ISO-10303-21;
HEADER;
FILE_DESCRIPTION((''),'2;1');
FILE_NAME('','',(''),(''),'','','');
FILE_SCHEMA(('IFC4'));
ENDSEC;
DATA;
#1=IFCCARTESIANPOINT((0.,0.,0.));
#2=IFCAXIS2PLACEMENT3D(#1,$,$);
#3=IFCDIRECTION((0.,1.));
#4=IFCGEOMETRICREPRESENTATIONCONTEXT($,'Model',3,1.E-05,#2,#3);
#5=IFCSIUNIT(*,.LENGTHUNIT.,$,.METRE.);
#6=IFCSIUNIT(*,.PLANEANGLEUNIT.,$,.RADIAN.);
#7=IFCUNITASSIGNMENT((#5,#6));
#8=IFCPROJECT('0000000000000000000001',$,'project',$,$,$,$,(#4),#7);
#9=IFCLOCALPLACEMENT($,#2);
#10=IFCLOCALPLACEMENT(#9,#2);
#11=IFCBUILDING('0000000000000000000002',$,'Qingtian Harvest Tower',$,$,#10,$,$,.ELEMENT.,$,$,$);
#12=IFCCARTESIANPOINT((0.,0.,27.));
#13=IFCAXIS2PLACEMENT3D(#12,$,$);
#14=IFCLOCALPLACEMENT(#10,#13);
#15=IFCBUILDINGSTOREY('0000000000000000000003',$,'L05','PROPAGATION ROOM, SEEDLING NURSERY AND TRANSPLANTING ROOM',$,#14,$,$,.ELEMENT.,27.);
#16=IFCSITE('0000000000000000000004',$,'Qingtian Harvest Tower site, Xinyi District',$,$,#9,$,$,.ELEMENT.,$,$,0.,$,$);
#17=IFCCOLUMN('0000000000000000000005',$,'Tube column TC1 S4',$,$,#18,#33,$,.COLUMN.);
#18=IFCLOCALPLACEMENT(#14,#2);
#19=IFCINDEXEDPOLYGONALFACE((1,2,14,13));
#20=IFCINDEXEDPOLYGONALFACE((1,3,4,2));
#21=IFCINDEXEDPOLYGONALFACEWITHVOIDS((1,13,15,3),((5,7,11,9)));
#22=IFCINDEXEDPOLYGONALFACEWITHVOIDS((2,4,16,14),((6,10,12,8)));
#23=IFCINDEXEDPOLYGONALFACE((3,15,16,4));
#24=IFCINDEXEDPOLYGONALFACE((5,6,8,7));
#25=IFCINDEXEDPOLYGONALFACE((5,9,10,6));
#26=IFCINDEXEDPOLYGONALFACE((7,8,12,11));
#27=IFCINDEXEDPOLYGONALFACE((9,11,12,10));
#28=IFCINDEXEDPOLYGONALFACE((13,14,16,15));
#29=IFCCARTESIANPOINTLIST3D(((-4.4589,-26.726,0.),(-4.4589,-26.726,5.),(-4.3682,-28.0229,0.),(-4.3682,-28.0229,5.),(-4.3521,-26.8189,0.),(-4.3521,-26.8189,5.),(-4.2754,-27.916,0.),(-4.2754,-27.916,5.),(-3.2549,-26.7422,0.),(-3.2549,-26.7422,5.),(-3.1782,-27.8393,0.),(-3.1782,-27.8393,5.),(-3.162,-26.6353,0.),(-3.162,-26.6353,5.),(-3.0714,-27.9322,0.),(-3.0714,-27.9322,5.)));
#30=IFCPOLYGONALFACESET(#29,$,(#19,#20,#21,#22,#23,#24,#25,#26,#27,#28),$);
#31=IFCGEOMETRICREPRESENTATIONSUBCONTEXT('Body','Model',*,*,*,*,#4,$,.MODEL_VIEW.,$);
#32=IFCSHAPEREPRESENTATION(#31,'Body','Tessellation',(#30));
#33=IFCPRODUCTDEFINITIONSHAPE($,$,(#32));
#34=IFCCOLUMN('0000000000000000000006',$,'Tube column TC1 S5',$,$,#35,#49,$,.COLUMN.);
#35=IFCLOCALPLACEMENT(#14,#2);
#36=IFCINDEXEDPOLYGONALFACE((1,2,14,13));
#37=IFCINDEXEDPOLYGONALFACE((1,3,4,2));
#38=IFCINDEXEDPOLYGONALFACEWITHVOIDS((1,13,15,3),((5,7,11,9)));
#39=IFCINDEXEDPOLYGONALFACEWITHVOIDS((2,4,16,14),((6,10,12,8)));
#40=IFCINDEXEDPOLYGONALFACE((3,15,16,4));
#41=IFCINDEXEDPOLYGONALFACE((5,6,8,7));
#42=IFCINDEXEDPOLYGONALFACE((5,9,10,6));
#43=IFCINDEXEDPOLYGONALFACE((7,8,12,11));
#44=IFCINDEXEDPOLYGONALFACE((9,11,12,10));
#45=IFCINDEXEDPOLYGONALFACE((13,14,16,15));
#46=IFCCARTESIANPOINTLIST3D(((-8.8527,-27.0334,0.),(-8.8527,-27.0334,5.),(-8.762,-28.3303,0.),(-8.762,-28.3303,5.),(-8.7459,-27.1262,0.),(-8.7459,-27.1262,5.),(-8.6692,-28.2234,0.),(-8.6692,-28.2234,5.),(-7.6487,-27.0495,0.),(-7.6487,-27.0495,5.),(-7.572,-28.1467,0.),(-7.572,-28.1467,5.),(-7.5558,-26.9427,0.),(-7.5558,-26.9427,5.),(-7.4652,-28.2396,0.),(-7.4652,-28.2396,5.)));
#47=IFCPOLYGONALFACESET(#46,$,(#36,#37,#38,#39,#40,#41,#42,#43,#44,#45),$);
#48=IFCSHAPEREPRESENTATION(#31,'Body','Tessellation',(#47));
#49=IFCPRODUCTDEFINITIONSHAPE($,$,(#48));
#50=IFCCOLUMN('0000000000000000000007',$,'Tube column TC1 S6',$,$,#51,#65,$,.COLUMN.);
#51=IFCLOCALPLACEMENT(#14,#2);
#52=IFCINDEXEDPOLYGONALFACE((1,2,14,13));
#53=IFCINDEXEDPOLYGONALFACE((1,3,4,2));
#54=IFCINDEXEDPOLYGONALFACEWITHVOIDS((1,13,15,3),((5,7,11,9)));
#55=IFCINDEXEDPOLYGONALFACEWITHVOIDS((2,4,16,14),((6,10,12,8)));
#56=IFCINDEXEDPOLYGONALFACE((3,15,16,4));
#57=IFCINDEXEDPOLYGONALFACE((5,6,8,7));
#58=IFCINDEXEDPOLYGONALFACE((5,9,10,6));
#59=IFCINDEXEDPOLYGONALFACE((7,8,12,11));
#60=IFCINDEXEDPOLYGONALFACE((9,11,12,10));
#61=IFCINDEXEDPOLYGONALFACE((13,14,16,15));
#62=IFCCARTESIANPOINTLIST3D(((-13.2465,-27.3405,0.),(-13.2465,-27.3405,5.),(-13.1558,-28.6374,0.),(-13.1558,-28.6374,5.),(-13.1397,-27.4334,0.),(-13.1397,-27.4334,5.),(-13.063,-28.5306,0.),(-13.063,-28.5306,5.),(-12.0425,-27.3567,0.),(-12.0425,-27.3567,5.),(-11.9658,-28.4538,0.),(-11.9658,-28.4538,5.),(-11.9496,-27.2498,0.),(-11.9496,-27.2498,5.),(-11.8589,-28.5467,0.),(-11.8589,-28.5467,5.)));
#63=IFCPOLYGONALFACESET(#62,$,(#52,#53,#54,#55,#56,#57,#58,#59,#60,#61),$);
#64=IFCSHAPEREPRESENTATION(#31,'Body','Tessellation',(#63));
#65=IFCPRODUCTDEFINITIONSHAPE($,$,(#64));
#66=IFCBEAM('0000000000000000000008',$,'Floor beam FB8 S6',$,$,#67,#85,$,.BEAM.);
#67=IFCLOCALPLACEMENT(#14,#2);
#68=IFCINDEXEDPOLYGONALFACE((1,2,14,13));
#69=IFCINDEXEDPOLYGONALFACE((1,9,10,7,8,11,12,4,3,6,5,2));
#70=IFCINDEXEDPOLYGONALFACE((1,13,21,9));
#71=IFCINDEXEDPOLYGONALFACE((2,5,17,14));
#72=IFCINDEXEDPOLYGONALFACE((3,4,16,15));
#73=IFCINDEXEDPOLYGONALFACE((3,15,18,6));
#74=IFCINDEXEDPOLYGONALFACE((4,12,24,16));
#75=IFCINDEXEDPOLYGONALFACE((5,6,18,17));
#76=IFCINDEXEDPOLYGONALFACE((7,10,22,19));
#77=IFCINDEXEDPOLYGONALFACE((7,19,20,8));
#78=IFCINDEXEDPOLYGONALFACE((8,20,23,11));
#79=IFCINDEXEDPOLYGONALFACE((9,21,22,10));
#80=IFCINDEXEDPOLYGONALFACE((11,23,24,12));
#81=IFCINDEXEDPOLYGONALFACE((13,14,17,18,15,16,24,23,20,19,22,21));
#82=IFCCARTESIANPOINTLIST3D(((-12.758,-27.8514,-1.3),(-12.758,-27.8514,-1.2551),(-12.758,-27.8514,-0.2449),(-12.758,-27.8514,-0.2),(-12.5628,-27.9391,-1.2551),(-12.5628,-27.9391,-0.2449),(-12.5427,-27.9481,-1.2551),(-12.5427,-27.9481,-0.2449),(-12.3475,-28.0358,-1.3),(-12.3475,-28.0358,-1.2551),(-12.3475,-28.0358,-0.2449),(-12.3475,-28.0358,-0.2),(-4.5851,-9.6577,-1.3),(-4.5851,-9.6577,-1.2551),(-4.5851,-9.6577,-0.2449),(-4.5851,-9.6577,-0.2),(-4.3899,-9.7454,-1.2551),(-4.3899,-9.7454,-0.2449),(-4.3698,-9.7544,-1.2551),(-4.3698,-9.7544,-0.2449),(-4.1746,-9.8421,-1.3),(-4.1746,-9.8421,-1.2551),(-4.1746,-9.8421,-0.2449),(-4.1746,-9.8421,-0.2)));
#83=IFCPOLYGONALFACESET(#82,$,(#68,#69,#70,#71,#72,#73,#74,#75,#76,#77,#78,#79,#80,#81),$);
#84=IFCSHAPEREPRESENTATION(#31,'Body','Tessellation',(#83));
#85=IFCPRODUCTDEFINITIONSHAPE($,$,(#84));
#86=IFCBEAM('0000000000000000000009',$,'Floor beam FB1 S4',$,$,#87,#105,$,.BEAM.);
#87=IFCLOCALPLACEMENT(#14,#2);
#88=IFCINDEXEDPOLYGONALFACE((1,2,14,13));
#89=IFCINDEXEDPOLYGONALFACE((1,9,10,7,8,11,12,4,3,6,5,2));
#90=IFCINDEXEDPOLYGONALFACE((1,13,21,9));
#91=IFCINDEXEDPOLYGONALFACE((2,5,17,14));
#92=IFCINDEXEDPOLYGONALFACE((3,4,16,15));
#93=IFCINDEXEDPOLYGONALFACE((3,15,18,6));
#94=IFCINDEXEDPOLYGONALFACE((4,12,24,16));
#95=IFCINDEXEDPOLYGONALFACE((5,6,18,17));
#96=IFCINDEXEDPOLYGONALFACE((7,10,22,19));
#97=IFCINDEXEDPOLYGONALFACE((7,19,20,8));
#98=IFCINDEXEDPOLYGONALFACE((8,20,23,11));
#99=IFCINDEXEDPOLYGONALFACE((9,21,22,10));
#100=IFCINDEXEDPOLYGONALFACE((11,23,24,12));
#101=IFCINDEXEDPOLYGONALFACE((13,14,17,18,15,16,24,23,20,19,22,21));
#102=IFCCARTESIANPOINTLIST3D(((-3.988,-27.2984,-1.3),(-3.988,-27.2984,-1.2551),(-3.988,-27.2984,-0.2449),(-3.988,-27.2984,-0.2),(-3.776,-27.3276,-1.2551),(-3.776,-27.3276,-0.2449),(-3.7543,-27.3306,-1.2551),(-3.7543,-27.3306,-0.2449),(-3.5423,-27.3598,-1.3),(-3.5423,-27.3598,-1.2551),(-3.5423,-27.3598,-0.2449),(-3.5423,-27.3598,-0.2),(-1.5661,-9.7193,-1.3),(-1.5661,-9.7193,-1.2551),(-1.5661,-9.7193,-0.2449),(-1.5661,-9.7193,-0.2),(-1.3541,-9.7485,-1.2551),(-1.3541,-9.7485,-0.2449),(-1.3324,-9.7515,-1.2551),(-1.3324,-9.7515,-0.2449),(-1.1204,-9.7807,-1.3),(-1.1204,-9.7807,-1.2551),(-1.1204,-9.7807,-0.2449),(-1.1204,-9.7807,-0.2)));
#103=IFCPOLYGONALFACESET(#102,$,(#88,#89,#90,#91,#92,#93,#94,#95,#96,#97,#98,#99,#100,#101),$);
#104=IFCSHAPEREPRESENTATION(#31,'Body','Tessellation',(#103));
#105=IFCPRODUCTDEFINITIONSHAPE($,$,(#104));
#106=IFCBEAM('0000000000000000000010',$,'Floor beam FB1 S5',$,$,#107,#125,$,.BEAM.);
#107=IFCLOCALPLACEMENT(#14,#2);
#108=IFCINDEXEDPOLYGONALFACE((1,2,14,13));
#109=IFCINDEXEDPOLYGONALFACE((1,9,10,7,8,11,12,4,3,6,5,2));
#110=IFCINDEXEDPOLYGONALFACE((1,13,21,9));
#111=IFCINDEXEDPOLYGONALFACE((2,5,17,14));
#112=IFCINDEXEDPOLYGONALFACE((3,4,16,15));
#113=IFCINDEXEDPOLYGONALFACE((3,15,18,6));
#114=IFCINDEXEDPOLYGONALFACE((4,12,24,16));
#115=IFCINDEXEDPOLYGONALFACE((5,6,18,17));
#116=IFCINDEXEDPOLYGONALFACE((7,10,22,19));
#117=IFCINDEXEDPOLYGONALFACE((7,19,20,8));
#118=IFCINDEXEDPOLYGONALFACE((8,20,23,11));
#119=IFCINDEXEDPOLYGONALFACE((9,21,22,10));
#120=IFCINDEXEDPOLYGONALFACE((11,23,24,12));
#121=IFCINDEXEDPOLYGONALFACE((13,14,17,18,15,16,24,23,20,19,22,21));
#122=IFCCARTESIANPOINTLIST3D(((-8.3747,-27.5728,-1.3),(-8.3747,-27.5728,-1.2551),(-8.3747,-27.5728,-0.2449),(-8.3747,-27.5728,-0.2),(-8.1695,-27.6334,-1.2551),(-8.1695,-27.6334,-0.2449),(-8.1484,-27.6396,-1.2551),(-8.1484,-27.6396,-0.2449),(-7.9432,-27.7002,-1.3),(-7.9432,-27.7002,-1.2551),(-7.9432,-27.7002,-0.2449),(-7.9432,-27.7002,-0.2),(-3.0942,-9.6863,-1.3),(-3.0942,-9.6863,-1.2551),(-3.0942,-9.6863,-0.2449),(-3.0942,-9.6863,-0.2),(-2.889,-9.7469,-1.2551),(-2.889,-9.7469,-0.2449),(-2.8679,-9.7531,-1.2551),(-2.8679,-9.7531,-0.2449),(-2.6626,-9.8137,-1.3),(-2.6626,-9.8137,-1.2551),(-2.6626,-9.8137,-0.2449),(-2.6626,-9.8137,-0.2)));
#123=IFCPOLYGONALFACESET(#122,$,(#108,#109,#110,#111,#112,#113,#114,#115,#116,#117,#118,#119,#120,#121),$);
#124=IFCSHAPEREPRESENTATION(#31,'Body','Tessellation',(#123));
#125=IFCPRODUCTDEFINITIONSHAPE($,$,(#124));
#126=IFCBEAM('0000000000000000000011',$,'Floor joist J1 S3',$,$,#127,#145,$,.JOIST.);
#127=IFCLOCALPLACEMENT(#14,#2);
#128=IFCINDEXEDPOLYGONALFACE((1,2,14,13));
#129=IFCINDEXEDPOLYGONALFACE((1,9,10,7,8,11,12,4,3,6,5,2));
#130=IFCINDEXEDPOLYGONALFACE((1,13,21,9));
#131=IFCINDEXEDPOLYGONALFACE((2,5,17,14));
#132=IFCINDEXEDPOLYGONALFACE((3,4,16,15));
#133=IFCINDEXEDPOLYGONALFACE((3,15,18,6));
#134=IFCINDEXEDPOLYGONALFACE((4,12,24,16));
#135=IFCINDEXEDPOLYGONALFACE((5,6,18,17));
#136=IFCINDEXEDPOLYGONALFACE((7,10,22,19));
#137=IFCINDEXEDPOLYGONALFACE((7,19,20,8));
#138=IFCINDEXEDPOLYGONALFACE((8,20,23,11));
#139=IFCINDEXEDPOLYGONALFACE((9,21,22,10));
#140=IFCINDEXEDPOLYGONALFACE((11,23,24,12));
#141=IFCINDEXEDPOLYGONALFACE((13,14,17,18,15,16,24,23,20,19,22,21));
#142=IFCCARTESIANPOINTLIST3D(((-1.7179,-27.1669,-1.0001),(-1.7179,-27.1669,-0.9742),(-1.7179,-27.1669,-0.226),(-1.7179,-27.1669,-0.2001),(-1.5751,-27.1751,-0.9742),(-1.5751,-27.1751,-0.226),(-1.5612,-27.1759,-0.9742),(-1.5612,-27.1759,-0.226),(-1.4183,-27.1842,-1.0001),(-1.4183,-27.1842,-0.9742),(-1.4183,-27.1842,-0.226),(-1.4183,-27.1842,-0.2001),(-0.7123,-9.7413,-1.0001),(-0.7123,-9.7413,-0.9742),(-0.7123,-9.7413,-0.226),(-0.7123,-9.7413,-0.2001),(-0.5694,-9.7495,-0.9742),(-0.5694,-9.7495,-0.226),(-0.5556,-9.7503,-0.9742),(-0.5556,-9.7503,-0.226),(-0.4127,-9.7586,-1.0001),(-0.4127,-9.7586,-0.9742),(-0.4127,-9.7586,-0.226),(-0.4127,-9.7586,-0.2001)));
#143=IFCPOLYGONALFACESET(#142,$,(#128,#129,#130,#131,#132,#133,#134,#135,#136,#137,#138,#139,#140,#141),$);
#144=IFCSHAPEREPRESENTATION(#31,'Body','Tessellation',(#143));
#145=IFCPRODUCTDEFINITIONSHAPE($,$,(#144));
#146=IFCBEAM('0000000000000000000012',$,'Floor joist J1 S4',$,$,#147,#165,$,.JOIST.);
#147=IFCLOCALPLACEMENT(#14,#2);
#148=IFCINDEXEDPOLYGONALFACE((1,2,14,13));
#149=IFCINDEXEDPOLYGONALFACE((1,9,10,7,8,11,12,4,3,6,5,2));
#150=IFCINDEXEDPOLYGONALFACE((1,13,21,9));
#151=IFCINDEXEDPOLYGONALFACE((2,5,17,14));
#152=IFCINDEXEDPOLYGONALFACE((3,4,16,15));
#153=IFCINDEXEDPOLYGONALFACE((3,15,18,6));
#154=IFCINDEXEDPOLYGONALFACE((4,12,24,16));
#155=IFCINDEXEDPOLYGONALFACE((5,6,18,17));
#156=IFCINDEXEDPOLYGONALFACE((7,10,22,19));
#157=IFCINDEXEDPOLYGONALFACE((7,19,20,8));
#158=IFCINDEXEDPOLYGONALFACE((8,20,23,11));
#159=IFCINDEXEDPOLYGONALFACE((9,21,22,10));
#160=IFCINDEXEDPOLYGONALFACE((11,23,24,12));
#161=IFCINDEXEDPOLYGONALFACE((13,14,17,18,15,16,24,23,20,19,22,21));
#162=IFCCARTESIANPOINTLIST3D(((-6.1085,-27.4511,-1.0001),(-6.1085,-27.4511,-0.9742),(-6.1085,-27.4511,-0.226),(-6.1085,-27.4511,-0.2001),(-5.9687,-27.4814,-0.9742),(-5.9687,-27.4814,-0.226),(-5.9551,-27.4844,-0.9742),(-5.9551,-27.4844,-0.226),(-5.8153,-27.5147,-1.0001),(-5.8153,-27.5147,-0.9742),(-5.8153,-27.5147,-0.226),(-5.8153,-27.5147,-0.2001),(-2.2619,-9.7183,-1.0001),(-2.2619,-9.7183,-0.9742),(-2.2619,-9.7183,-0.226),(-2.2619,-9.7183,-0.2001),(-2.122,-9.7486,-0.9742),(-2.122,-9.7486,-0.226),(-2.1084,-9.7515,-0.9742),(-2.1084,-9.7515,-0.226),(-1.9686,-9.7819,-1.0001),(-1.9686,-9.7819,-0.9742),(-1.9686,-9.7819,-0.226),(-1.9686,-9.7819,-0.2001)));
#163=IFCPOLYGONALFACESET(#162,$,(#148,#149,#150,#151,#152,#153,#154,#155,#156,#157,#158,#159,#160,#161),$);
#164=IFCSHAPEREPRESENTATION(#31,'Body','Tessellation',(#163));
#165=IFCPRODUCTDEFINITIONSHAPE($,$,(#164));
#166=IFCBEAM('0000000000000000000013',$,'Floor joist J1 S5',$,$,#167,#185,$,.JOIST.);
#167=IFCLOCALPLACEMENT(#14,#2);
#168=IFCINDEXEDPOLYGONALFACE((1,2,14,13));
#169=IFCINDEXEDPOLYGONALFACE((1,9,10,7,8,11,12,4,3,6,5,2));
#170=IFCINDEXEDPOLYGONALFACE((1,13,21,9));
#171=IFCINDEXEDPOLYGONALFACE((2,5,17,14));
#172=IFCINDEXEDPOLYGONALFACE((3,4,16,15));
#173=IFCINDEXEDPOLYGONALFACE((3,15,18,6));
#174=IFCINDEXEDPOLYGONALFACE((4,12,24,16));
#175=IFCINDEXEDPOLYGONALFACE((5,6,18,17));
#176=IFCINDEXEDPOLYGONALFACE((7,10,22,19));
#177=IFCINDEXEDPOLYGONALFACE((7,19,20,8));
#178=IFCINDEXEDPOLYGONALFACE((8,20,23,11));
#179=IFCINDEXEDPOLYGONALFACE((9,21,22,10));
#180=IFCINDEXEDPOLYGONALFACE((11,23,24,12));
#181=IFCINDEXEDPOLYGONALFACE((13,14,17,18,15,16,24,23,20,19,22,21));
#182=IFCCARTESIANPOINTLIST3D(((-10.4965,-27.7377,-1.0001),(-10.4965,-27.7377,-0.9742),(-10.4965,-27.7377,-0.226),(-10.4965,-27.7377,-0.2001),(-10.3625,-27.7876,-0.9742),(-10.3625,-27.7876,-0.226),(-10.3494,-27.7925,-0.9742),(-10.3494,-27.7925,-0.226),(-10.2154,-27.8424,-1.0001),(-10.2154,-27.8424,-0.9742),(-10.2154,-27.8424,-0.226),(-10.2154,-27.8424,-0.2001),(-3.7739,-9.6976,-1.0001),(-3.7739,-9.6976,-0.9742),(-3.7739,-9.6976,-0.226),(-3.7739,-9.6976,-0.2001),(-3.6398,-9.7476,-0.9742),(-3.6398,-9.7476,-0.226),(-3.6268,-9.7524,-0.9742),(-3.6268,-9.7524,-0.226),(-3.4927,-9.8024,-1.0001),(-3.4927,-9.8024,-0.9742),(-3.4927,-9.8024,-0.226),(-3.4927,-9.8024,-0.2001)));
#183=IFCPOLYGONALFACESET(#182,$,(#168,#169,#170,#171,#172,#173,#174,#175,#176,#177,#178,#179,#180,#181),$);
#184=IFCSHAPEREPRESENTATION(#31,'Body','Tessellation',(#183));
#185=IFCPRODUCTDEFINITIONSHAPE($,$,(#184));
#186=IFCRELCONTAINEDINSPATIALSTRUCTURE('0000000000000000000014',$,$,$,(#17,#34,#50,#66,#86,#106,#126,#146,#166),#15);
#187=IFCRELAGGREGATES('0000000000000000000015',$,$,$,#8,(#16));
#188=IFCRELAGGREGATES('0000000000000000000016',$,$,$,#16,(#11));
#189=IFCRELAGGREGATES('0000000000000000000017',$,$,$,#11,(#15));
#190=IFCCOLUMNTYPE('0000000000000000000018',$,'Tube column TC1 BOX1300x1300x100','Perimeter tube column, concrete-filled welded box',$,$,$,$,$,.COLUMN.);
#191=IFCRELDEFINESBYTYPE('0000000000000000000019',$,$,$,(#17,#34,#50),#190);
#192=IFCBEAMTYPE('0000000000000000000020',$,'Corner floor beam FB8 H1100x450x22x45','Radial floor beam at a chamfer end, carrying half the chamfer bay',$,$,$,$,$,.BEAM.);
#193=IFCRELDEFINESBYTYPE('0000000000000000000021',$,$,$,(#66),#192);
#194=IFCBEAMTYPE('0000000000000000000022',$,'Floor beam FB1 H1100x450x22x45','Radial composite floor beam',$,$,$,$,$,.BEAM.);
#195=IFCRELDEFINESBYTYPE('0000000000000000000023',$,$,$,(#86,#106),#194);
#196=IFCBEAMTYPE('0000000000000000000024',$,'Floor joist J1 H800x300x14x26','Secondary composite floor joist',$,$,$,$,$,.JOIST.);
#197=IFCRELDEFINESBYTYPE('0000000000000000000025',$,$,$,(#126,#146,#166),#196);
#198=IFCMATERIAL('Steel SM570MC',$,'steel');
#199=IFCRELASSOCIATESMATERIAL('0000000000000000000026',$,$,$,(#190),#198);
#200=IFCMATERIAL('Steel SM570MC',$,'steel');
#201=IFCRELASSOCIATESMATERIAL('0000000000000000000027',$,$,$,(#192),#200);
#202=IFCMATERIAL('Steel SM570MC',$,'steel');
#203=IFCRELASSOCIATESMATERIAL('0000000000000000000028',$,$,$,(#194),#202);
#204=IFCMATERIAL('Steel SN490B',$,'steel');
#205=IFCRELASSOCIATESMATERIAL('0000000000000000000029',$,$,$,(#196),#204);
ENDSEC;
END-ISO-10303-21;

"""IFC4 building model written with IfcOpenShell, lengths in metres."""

from ifc_helpers import new_model, si_unit, direction, frame, origin, origin_2d, place, context, subcontext, project, spatial, hollow_rectangle, i_section, extrude, material, material_profile, profile_set, type_object, element, save


model = new_model("IFC4")

# Units and contexts
model_context = context("Model", 3, precision=1e-05, world=origin(), true_north=direction((0.0, 1.0)))
body_context = subcontext(model_context, "Body", "Model", "MODEL_VIEW")
ifc_project = project(units=[si_unit("LENGTHUNIT", "METRE"), si_unit("PLANEANGLEUNIT", "RADIAN")], contexts=[model_context])

# Site, building, storey
site_placement = place(None, origin())
site = spatial("IfcSite", under=ifc_project, at=site_placement, Name="Qingtian Harvest Tower site, Xinyi District", CompositionType="ELEMENT", RefElevation=0.0)
building_placement = place(site_placement, origin())
building = spatial("IfcBuilding", under=site, at=building_placement, Name="Qingtian Harvest Tower", CompositionType="ELEMENT")
storey_placement = place(building_placement, frame((0.0, 0.0, 27.0)))
storey = spatial("IfcBuildingStorey", under=building, at=storey_placement, Name="L05", Description="PROPAGATION ROOM, SEEDLING NURSERY AND TRANSPLANTING ROOM", CompositionType="ELEMENT", Elevation=27.0)

# Columns
ifc_material_1 = material(Name="Steel SM570MC", Category="steel")
ifc_material_profile_1 = material_profile(ifc_material_1, hollow_rectangle(XDim=1.3, YDim=1.3, WallThickness=0.1001, at=origin_2d()), Name="BOX1300x1300x100")
ifc_profile_set_1 = profile_set([ifc_material_profile_1], Name="Steel SM570MC")
column_type = type_object("IfcColumnType", Name="Tube column TC1 BOX1300x1300x100", Description="Perimeter tube column, concrete-filled welded box", PredefinedType="COLUMN", material=ifc_profile_set_1)
for number, where, z_axis, x_axis, name in (
    (1, (-3.7651, -27.3291, 0.0), (0.0, 0.0, 1.0), (0.997564, 0.069756, 0.0), "Tube column TC1 S4"),
    (2, (-8.1589, -27.6365, 0.0), (0.0, 0.0, 1.0), (0.997564, 0.069756, 0.0), "Tube column TC1 S5"),
    (3, (-12.5527, -27.9436, 0.0), (0.0, 0.0, 1.0), (0.997564, 0.069756, 0.0), "Tube column TC1 S6"),
):
    element("IfcColumn", number, at=place(storey_placement, frame(where, z_axis=z_axis, x_axis=x_axis)), inside=storey, type_object=column_type, Name=name, PredefinedType="COLUMN", context=body_context, shape_type="SweptSolid", body=[
        extrude(hollow_rectangle(XDim=1.3, YDim=1.3, WallThickness=0.1001, at=origin_2d()), origin(), (0.0, 0.0, 1.0), 5.0),
    ])

# Beams
ifc_material_2 = material(Name="Steel SM570MC", Category="steel")
ifc_material_profile_2 = material_profile(ifc_material_2, i_section(OverallWidth=0.45, OverallDepth=1.1001, WebThickness=0.022, FlangeThickness=0.0449, at=origin_2d()), Name="H1100x450x22x45")
ifc_profile_set_2 = profile_set([ifc_material_profile_2], Name="Steel SM570MC")
beam_type_1 = type_object("IfcBeamType", Name="Corner floor beam FB8 H1100x450x22x45", Description="Radial floor beam at a chamfer end, carrying half the chamfer bay", PredefinedType="BEAM", material=ifc_profile_set_2)
beam_1_placement = place(storey_placement, frame((-12.5527, -27.9436, -0.75), z_axis=(0.40977, 0.912189, 0.0), x_axis=(-0.912189, 0.40977, 0.0)))
element("IfcBeam", 4, at=beam_1_placement, inside=storey, type_object=beam_type_1, Name="Floor beam FB8 S6", PredefinedType="BEAM", context=body_context, shape_type="SweptSolid", body=[
    extrude(i_section(OverallWidth=0.45, OverallDepth=1.1001, WebThickness=0.022, FlangeThickness=0.0449, at=origin_2d()), origin(), (0.0, 0.0, 1.0), 19.9451),
])
ifc_material_3 = material(Name="Steel SM570MC", Category="steel")
ifc_material_profile_3 = material_profile(ifc_material_3, i_section(OverallWidth=0.45, OverallDepth=1.1001, WebThickness=0.022, FlangeThickness=0.0449, at=origin_2d()), Name="H1100x450x22x45")
ifc_profile_set_3 = profile_set([ifc_material_profile_3], Name="Steel SM570MC")
beam_type_2 = type_object("IfcBeamType", Name="Floor beam FB1 H1100x450x22x45", Description="Radial composite floor beam", PredefinedType="BEAM", material=ifc_profile_set_3)
beam_2_placement = place(storey_placement, frame((-3.7651, -27.3291, -0.75), z_axis=(0.136481, 0.990643, 0.0), x_axis=(-0.990643, 0.136481, 0.0)))
element("IfcBeam", 5, at=beam_2_placement, inside=storey, type_object=beam_type_2, Name="Floor beam FB1 S4", PredefinedType="BEAM", context=body_context, shape_type="SweptSolid", body=[
    extrude(i_section(OverallWidth=0.45, OverallDepth=1.1001, WebThickness=0.022, FlangeThickness=0.0449, at=origin_2d()), origin(), (0.0, 0.0, 1.0), 17.7451),
])
beam_3_placement = place(storey_placement, frame((-8.1589, -27.6365, -0.75), z_axis=(0.283143, 0.959078, 0.0), x_axis=(-0.959078, 0.283143, 0.0)))
element("IfcBeam", 6, at=beam_3_placement, inside=storey, type_object=beam_type_2, Name="Floor beam FB1 S5", PredefinedType="BEAM", context=body_context, shape_type="SweptSolid", body=[
    extrude(i_section(OverallWidth=0.45, OverallDepth=1.1001, WebThickness=0.022, FlangeThickness=0.0449, at=origin_2d()), origin(), (0.0, 0.0, 1.0), 18.6497),
])
ifc_material_4 = material(Name="Steel SN490B", Category="steel")
ifc_material_profile_4 = material_profile(ifc_material_4, i_section(OverallWidth=0.3, OverallDepth=0.8, WebThickness=0.0139, FlangeThickness=0.0259, at=origin_2d()), Name="H800x300x14x26")
ifc_profile_set_4 = profile_set([ifc_material_profile_4], Name="Steel SN490B")
beam_type_3 = type_object("IfcBeamType", Name="Floor joist J1 H800x300x14x26", Description="Secondary composite floor joist", PredefinedType="JOIST", material=ifc_profile_set_4)
beam_4_placement = place(storey_placement, frame((-1.5681, -27.1755, -0.6001), z_axis=(0.057613, 0.998339, 0.0), x_axis=(-0.998339, 0.057613, 0.0)))
element("IfcBeam", 7, at=beam_4_placement, inside=storey, type_object=beam_type_3, Name="Floor joist J1 S3", PredefinedType="JOIST", context=body_context, shape_type="SweptSolid", body=[
    extrude(i_section(OverallWidth=0.3, OverallDepth=0.8, WebThickness=0.0139, FlangeThickness=0.0259, at=origin_2d()), origin(), (0.0, 0.0, 1.0), 17.4546),
])
beam_5_placement = place(storey_placement, frame((-5.9619, -27.4829, -0.6001), z_axis=(0.211993, 0.977271, 0.0), x_axis=(-0.977271, 0.211993, 0.0)))
element("IfcBeam", 8, at=beam_5_placement, inside=storey, type_object=beam_type_3, Name="Floor joist J1 S4", PredefinedType="JOIST", context=body_context, shape_type="SweptSolid", body=[
    extrude(i_section(OverallWidth=0.3, OverallDepth=0.8, WebThickness=0.0139, FlangeThickness=0.0259, at=origin_2d()), origin(), (0.0, 0.0, 1.0), 18.1453),
])
beam_6_placement = place(storey_placement, frame((-10.356, -27.79, -0.6001), z_axis=(0.349194, 0.937051, 0.0), x_axis=(-0.937051, 0.349194, 0.0)))
element("IfcBeam", 9, at=beam_6_placement, inside=storey, type_object=beam_type_3, Name="Floor joist J1 S5", PredefinedType="JOIST", context=body_context, shape_type="SweptSolid", body=[
    extrude(i_section(OverallWidth=0.3, OverallDepth=0.8, WebThickness=0.0139, FlangeThickness=0.0259, at=origin_2d()), origin(), (0.0, 0.0, 1.0), 19.252),
])

save(model, "model.ifc")
